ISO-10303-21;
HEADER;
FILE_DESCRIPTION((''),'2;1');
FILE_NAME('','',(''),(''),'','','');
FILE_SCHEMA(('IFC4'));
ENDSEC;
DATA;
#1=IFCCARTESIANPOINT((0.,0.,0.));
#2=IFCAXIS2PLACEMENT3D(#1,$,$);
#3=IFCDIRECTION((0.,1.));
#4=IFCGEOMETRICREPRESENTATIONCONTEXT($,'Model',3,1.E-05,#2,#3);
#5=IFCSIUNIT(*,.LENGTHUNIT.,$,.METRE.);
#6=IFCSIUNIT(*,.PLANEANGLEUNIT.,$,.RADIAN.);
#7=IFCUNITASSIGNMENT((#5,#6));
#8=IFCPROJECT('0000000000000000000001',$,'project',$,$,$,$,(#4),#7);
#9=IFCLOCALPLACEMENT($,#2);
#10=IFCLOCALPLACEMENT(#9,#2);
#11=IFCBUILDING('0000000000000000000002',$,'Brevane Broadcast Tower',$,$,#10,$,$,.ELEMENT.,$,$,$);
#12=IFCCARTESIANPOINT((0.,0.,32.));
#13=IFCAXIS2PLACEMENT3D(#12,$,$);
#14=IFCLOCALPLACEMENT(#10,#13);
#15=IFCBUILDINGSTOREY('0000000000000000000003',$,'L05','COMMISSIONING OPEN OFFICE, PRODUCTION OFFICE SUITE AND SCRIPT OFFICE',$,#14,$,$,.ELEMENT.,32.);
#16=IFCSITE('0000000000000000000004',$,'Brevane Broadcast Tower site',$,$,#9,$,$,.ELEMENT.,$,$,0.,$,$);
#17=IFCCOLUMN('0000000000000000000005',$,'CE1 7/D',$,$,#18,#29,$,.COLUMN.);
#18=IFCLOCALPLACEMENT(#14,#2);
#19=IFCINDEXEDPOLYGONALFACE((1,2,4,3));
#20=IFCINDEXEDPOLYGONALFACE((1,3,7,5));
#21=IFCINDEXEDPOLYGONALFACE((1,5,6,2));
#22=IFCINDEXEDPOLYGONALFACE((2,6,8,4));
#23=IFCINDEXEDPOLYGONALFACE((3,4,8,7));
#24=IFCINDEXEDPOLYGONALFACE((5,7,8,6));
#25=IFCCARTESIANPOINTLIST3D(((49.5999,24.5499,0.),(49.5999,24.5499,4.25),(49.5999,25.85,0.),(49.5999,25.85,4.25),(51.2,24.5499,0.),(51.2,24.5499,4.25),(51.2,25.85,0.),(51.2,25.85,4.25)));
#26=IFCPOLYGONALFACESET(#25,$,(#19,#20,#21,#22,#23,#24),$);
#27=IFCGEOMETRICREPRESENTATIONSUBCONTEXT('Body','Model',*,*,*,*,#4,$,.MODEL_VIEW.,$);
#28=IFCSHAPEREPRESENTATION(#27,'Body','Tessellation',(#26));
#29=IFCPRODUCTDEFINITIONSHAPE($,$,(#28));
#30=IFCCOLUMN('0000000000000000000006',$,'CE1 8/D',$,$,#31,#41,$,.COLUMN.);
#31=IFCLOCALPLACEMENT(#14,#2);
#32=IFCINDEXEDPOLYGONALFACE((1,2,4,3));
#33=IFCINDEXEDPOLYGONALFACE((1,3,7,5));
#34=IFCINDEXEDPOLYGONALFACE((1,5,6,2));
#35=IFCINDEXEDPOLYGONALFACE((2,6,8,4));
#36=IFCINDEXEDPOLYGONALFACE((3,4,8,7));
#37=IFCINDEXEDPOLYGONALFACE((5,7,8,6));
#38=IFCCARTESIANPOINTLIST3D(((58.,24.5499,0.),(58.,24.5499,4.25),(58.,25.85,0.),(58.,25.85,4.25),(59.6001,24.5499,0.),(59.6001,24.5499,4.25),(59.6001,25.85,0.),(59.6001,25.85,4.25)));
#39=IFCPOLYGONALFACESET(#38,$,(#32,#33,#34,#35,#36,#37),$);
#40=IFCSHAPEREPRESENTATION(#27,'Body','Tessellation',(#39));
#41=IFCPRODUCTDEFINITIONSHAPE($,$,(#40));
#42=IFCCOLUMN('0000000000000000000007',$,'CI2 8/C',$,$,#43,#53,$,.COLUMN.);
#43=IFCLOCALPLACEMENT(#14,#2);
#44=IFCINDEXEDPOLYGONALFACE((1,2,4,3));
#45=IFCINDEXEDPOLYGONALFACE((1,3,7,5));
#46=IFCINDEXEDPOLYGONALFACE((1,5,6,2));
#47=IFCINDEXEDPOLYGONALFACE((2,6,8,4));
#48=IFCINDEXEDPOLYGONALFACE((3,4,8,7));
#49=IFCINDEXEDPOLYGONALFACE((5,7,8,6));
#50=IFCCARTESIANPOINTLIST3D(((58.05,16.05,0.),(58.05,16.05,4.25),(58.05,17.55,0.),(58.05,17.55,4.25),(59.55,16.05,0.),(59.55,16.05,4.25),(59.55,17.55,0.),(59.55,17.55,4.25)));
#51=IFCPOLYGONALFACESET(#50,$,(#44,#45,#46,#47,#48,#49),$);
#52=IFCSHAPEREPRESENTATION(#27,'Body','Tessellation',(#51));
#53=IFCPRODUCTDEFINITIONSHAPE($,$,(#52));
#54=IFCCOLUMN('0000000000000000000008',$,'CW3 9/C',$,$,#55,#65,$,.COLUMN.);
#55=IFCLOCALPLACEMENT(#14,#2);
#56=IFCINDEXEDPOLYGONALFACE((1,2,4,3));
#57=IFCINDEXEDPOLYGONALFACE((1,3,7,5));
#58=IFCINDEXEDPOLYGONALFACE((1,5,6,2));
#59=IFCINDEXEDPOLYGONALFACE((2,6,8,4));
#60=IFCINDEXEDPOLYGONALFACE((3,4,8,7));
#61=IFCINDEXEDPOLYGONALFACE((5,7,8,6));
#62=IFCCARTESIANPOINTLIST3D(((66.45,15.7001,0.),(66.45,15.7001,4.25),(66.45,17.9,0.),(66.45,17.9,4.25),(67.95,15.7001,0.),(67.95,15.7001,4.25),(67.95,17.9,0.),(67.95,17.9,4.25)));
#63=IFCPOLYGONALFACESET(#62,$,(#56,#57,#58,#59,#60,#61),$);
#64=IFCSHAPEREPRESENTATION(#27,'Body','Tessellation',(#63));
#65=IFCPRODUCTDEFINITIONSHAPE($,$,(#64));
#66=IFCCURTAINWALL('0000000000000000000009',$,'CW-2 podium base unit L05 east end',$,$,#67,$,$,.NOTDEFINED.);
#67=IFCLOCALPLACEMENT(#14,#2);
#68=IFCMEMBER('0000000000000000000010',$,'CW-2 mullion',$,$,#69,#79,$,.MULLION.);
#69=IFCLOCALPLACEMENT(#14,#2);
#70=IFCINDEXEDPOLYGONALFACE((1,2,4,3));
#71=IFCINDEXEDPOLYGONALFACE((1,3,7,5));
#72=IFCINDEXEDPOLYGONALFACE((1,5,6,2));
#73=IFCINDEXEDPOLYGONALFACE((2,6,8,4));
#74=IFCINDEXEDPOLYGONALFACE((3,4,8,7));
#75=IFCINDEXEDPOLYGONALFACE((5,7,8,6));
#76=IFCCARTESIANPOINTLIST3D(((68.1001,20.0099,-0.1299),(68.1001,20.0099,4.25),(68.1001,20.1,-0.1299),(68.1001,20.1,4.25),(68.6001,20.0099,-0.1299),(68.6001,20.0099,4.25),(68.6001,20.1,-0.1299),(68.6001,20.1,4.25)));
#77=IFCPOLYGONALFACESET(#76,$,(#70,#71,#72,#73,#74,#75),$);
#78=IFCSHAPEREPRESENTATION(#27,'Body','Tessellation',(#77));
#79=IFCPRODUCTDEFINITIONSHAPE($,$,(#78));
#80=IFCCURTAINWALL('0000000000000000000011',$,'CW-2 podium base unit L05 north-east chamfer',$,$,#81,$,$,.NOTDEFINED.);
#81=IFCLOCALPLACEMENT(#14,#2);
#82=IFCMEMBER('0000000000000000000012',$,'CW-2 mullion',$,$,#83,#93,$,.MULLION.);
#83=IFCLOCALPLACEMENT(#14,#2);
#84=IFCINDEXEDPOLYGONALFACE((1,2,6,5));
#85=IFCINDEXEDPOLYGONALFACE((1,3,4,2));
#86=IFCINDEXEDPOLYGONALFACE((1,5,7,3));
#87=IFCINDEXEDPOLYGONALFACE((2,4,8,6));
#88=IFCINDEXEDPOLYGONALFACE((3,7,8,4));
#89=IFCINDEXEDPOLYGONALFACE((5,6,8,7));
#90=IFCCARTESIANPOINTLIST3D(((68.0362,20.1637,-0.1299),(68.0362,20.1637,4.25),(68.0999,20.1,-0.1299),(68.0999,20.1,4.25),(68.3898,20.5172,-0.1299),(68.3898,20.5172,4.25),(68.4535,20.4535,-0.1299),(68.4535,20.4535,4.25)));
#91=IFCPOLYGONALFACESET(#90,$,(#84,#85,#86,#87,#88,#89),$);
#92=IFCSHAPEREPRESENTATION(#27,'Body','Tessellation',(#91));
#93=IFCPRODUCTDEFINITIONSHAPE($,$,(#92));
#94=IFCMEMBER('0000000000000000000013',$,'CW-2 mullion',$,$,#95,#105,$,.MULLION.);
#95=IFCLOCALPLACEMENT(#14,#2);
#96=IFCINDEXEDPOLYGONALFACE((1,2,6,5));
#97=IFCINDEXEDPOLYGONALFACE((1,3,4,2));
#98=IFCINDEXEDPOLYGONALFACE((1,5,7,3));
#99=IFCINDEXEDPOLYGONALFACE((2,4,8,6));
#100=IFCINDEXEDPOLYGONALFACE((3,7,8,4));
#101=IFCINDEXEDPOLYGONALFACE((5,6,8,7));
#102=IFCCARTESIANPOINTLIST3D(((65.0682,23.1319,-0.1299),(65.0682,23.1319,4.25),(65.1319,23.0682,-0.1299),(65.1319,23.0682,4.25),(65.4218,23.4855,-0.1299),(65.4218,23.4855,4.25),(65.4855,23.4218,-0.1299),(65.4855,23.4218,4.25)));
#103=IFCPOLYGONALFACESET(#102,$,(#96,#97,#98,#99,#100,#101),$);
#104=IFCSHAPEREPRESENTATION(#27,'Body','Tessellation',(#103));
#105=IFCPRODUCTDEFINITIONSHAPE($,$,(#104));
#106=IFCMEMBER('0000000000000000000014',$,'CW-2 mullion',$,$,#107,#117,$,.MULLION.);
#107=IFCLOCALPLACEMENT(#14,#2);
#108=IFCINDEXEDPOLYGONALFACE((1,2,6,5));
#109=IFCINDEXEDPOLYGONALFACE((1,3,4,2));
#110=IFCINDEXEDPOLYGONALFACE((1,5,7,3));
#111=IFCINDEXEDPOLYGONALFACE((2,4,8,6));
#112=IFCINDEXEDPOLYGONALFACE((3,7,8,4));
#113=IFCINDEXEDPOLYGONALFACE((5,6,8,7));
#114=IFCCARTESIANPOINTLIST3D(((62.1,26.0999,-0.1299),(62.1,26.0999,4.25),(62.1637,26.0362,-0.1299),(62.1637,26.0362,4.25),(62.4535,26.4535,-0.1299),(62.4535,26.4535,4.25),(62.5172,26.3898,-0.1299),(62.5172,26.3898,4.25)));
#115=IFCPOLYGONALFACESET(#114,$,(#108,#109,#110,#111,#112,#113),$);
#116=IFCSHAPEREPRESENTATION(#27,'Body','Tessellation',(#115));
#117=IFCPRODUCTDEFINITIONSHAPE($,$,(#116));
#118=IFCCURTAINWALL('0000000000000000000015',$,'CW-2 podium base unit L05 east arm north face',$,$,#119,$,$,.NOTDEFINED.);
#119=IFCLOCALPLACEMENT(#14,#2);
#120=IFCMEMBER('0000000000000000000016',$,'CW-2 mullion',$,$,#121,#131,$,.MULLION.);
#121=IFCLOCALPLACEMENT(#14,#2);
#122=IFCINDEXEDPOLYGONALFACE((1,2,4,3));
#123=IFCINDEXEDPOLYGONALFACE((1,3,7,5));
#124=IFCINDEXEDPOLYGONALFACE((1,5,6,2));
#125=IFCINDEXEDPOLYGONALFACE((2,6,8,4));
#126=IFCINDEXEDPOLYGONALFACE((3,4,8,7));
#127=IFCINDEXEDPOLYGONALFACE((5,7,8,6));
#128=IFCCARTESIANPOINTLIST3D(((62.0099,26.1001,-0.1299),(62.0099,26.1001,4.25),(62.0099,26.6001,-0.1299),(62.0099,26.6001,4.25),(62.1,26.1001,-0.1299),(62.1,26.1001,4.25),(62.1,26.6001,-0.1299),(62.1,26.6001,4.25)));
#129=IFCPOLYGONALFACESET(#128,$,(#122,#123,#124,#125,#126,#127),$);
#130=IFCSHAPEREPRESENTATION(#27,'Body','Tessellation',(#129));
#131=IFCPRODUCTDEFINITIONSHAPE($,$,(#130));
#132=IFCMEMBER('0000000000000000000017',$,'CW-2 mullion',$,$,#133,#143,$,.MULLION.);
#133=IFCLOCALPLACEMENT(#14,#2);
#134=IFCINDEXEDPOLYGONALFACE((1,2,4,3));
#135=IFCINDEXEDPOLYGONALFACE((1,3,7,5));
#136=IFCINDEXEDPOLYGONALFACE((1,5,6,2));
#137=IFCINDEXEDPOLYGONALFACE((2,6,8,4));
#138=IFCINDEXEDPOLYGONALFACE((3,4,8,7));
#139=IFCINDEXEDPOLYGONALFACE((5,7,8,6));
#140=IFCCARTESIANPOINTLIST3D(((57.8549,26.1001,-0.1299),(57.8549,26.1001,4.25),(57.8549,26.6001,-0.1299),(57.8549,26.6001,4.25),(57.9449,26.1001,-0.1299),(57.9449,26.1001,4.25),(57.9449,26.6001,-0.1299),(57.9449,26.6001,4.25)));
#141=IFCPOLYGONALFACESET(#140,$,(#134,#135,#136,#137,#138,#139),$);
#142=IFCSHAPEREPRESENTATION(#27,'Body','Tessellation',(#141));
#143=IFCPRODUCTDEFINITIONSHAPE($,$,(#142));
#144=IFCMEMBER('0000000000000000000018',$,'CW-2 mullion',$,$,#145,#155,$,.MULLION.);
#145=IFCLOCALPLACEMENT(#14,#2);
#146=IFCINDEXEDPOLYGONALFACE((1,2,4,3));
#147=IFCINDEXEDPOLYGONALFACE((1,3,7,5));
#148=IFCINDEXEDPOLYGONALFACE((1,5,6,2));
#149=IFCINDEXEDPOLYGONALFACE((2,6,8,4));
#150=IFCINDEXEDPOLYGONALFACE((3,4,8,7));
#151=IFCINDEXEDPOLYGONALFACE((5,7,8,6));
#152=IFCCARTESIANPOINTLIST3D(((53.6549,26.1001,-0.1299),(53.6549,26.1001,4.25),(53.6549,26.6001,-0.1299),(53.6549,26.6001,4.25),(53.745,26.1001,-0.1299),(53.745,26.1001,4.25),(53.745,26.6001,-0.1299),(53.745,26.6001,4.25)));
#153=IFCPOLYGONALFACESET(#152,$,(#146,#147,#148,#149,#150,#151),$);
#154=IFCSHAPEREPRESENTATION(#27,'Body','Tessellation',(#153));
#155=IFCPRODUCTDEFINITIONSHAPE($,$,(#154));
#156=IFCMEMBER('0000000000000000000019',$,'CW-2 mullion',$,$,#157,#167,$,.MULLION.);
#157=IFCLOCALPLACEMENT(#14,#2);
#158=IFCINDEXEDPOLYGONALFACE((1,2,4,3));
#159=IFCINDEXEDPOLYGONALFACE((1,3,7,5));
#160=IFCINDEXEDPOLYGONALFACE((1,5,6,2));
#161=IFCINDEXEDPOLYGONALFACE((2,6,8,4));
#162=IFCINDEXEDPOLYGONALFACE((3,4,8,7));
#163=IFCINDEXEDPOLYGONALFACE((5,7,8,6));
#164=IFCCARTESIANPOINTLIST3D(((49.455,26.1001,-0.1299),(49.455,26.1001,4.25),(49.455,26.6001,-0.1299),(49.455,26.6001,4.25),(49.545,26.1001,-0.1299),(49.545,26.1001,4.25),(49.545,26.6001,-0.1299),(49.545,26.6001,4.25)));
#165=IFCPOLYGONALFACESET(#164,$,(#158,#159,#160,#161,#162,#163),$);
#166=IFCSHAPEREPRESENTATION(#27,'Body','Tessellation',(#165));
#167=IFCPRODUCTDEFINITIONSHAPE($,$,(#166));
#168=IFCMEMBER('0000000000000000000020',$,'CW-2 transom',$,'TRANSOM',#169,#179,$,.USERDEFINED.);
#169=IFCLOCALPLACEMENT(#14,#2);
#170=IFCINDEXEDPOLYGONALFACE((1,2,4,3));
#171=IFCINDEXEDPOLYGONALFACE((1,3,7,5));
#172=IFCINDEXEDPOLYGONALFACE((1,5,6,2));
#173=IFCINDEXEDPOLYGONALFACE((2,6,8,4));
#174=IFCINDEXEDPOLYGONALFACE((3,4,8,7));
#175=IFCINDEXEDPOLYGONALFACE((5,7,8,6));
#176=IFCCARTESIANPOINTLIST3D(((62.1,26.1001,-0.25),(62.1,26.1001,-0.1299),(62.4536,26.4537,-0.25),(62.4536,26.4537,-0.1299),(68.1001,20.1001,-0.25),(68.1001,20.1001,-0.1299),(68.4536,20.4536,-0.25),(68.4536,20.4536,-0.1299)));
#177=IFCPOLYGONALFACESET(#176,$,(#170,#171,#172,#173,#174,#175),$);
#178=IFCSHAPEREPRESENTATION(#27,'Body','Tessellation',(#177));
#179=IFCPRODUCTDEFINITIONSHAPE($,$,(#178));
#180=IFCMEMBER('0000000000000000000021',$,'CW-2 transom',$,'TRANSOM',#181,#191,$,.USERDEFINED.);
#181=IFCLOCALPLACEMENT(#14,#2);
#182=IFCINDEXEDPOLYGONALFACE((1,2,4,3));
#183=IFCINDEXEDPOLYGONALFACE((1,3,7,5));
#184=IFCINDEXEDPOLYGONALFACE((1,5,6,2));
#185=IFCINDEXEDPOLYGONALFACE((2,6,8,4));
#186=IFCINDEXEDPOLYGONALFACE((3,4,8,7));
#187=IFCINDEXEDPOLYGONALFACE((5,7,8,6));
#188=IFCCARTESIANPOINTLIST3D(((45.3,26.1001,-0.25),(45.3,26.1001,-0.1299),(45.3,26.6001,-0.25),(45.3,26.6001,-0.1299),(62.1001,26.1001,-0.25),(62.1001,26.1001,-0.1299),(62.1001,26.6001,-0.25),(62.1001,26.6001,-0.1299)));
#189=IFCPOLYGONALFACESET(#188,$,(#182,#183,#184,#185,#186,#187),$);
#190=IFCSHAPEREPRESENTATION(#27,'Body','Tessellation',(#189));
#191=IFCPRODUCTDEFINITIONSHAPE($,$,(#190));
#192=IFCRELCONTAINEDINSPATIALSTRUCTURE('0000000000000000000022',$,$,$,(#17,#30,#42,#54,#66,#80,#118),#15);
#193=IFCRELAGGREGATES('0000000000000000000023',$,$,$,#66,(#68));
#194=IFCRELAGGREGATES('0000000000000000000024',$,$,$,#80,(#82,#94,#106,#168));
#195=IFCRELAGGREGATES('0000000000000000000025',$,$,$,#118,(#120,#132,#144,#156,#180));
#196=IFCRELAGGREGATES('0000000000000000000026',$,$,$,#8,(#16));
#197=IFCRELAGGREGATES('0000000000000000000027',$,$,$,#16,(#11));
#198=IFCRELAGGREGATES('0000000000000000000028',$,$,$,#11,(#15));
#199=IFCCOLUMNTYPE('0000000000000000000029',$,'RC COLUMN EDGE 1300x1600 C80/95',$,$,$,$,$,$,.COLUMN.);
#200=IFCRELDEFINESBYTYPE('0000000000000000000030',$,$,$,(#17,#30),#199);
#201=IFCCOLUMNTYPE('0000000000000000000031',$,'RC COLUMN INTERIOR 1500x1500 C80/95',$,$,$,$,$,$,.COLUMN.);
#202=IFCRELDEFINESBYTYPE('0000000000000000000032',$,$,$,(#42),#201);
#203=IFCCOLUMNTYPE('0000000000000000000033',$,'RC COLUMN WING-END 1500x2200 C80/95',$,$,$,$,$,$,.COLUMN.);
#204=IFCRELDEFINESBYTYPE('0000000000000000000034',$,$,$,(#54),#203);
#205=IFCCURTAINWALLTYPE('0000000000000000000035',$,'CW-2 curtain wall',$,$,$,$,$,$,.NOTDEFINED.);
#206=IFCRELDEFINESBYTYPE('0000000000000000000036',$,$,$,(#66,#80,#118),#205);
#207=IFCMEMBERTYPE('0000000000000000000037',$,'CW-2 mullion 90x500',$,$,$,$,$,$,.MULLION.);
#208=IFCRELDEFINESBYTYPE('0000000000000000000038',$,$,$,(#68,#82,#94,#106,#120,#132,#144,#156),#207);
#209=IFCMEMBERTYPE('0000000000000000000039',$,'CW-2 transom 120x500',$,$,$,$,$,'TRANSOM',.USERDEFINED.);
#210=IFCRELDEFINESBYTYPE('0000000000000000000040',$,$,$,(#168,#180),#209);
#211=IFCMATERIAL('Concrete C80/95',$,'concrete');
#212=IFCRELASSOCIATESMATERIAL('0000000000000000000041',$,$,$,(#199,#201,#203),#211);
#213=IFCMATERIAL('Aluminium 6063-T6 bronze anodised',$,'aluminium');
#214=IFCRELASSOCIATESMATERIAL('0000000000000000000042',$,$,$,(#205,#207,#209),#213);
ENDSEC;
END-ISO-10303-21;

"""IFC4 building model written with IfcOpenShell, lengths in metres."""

from ifc_helpers import new_model, si_unit, direction, frame, origin, origin_2d, place, context, subcontext, project, spatial, rectangle, extrude, material, material_profile, profile_set, type_object, element, aggregate, save


model = new_model("IFC4")

# Units and contexts
model_context = context("Model", 3, precision=1e-05, world=origin(), true_north=direction((0.0, 1.0)))
body_context = subcontext(model_context, "Body", "Model", "MODEL_VIEW")
ifc_project = project(units=[si_unit("LENGTHUNIT", "METRE"), si_unit("PLANEANGLEUNIT", "RADIAN")], contexts=[model_context])

# Site, building, storey
site_placement = place(None, origin())
site = spatial("IfcSite", under=ifc_project, at=site_placement, Name="Brevane Broadcast Tower site", CompositionType="ELEMENT", RefElevation=0.0)
building_placement = place(site_placement, origin())
building = spatial("IfcBuilding", under=site, at=building_placement, Name="Brevane Broadcast Tower", CompositionType="ELEMENT")
storey_placement = place(building_placement, frame((0.0, 0.0, 32.0)))
storey = spatial("IfcBuildingStorey", under=building, at=storey_placement, Name="L05", Description="COMMISSIONING OPEN OFFICE, PRODUCTION OFFICE SUITE AND SCRIPT OFFICE", CompositionType="ELEMENT", Elevation=32.0)

# Columns
ifc_material_1 = material(Name="Concrete C80/95", Category="concrete")
ifc_material_profile_1 = material_profile(ifc_material_1, rectangle(XDim=1.3, YDim=1.6001, at=origin_2d()), Name="RC 1300x1600")
ifc_profile_set_1 = profile_set([ifc_material_profile_1], Name="Concrete C80/95")
column_type_1 = type_object("IfcColumnType", Name="RC COLUMN EDGE 1300x1600 C80/95", PredefinedType="COLUMN", material=ifc_profile_set_1)
for number, where, z_axis, x_axis, name in (
    (1, (50.3999, 25.2, 0.0), (0.0, 0.0, 1.0), (0.0, 1.0, 0.0), "CE1 7/D"),
    (2, (58.8, 25.2, 0.0), (0.0, 0.0, 1.0), (0.0, 1.0, 0.0), "CE1 8/D"),
):
    element("IfcColumn", number, at=place(storey_placement, frame(where, z_axis=z_axis, x_axis=x_axis)), inside=storey, type_object=column_type_1, Name=name, PredefinedType="COLUMN", context=body_context, shape_type="SweptSolid", body=[
        extrude(rectangle(XDim=1.3, YDim=1.6001, at=origin_2d()), origin(), (0.0, 0.0, 1.0), 4.25),
    ])
ifc_material_profile_2 = material_profile(ifc_material_1, rectangle(XDim=1.5, YDim=1.5, at=origin_2d()), Name="RC 1500x1500")
ifc_profile_set_2 = profile_set([ifc_material_profile_2], Name="Concrete C80/95")
column_type_2 = type_object("IfcColumnType", Name="RC COLUMN INTERIOR 1500x1500 C80/95", PredefinedType="COLUMN", material=ifc_profile_set_2)
column_1_placement = place(storey_placement, frame((58.8, 16.8, 0.0), z_axis=(0.0, 0.0, 1.0), x_axis=(1.0, 0.0, 0.0)))
element("IfcColumn", 3, at=column_1_placement, inside=storey, type_object=column_type_2, Name="CI2 8/C", PredefinedType="COLUMN", context=body_context, shape_type="SweptSolid", body=[
    extrude(rectangle(XDim=1.5, YDim=1.5, at=origin_2d()), origin(), (0.0, 0.0, 1.0), 4.25),
])
ifc_material_profile_3 = material_profile(ifc_material_1, rectangle(XDim=1.5, YDim=2.2, at=origin_2d()), Name="RC 1500x2200")
ifc_profile_set_3 = profile_set([ifc_material_profile_3], Name="Concrete C80/95")
column_type_3 = type_object("IfcColumnType", Name="RC COLUMN WING-END 1500x2200 C80/95", PredefinedType="COLUMN", material=ifc_profile_set_3)
column_2_placement = place(storey_placement, frame((67.2, 16.8, 0.0), z_axis=(0.0, 0.0, 1.0), x_axis=(1.0, 0.0, 0.0)))
element("IfcColumn", 4, at=column_2_placement, inside=storey, type_object=column_type_3, Name="CW3 9/C", PredefinedType="COLUMN", context=body_context, shape_type="SweptSolid", body=[
    extrude(rectangle(XDim=1.5, YDim=2.2, at=origin_2d()), origin(), (0.0, 0.0, 1.0), 4.25),
])

# Curtain wall, member
ifc_material_2 = material(Name="Aluminium 6063-T6 bronze anodised", Category="aluminium")
curtain_wall_type = type_object("IfcCurtainWallType", Name="CW-2 curtain wall", PredefinedType="NOTDEFINED", material=ifc_material_2)
curtain_wall_1_placement = place(storey_placement, origin())
curtain_wall_1 = element("IfcCurtainWall", 5, at=curtain_wall_1_placement, inside=storey, type_object=curtain_wall_type, Name="CW-2 podium base unit L05 east end", PredefinedType="NOTDEFINED")
ifc_material_profile_4 = material_profile(ifc_material_2, rectangle(XDim=0.5, YDim=0.0901, at=origin_2d()), Name="RECT 90x500")
ifc_profile_set_4 = profile_set([ifc_material_profile_4], Name="Aluminium 6063-T6 bronze anodised")
member_type_1 = type_object("IfcMemberType", Name="CW-2 mullion 90x500", PredefinedType="MULLION", material=ifc_profile_set_4)
member_1_placement = place(storey_placement, frame((68.3501, 20.0549, -0.1299), z_axis=(0.0, 0.0, 1.0), x_axis=(-1.0, 0.0, 0.0)))
member_1 = element("IfcMember", 6, at=member_1_placement, type_object=member_type_1, Name="CW-2 mullion", PredefinedType="MULLION", context=body_context, shape_type="SweptSolid", body=[
    extrude(rectangle(XDim=0.5, YDim=0.0901, at=origin_2d()), origin(), (0.0, 0.0, 1.0), 4.3799),
])
aggregate(curtain_wall_1, [member_1])

# Curtain walls, members
curtain_wall_2_placement = place(storey_placement, origin())
curtain_wall_2 = element("IfcCurtainWall", 7, at=curtain_wall_2_placement, inside=storey, type_object=curtain_wall_type, Name="CW-2 podium base unit L05 north-east chamfer", PredefinedType="NOTDEFINED")
member_2_placement = place(storey_placement, frame((68.2449, 20.3086, -0.1299), z_axis=(0.0, 0.0, 1.0), x_axis=(-0.707107, -0.707107, 0.0)))
member_2 = element("IfcMember", 8, at=member_2_placement, type_object=member_type_1, Name="CW-2 mullion", PredefinedType="MULLION", context=body_context, shape_type="SweptSolid", body=[
    extrude(rectangle(XDim=0.5, YDim=0.0901, at=origin_2d()), origin(), (0.0, 0.0, 1.0), 4.3799),
])
member_3_placement = place(storey_placement, frame((65.2769, 23.2769, -0.1299), z_axis=(0.0, 0.0, 1.0), x_axis=(-0.707107, -0.707107, 0.0)))
member_3 = element("IfcMember", 9, at=member_3_placement, type_object=member_type_1, Name="CW-2 mullion", PredefinedType="MULLION", context=body_context, shape_type="SweptSolid", body=[
    extrude(rectangle(XDim=0.5, YDim=0.0901, at=origin_2d()), origin(), (0.0, 0.0, 1.0), 4.3799),
])
member_4_placement = place(storey_placement, frame((62.3086, 26.2449, -0.1299), z_axis=(0.0, 0.0, 1.0), x_axis=(-0.707107, -0.707107, 0.0)))
member_4 = element("IfcMember", 10, at=member_4_placement, type_object=member_type_1, Name="CW-2 mullion", PredefinedType="MULLION", context=body_context, shape_type="SweptSolid", body=[
    extrude(rectangle(XDim=0.5, YDim=0.0901, at=origin_2d()), origin(), (0.0, 0.0, 1.0), 4.3799),
])
curtain_wall_3_placement = place(storey_placement, origin())
curtain_wall_3 = element("IfcCurtainWall", 11, at=curtain_wall_3_placement, inside=storey, type_object=curtain_wall_type, Name="CW-2 podium base unit L05 east arm north face", PredefinedType="NOTDEFINED")
member_5_placement = place(storey_placement, frame((62.0549, 26.3501, -0.1299), z_axis=(0.0, 0.0, 1.0), x_axis=(0.0, -1.0, 0.0)))
member_5 = element("IfcMember", 12, at=member_5_placement, type_object=member_type_1, Name="CW-2 mullion", PredefinedType="MULLION", context=body_context, shape_type="SweptSolid", body=[
    extrude(rectangle(XDim=0.5, YDim=0.0901, at=origin_2d()), origin(), (0.0, 0.0, 1.0), 4.3799),
])
member_6_placement = place(storey_placement, frame((57.8999, 26.3501, -0.1299), z_axis=(0.0, 0.0, 1.0), x_axis=(0.0, -1.0, 0.0)))
member_6 = element("IfcMember", 13, at=member_6_placement, type_object=member_type_1, Name="CW-2 mullion", PredefinedType="MULLION", context=body_context, shape_type="SweptSolid", body=[
    extrude(rectangle(XDim=0.5, YDim=0.0901, at=origin_2d()), origin(), (0.0, 0.0, 1.0), 4.3799),
])
member_7_placement = place(storey_placement, frame((53.7, 26.3501, -0.1299), z_axis=(0.0, 0.0, 1.0), x_axis=(0.0, -1.0, 0.0)))
member_7 = element("IfcMember", 14, at=member_7_placement, type_object=member_type_1, Name="CW-2 mullion", PredefinedType="MULLION", context=body_context, shape_type="SweptSolid", body=[
    extrude(rectangle(XDim=0.5, YDim=0.0901, at=origin_2d()), origin(), (0.0, 0.0, 1.0), 4.3799),
])
member_8_placement = place(storey_placement, frame((49.5, 26.3501, -0.1299), z_axis=(0.0, 0.0, 1.0), x_axis=(0.0, -1.0, 0.0)))
member_8 = element("IfcMember", 15, at=member_8_placement, type_object=member_type_1, Name="CW-2 mullion", PredefinedType="MULLION", context=body_context, shape_type="SweptSolid", body=[
    extrude(rectangle(XDim=0.5, YDim=0.0901, at=origin_2d()), origin(), (0.0, 0.0, 1.0), 4.3799),
])

# Members
ifc_material_profile_5 = material_profile(ifc_material_2, rectangle(XDim=0.5, YDim=0.1201, at=origin_2d()), Name="RECT 120x500")
ifc_profile_set_5 = profile_set([ifc_material_profile_5], Name="Aluminium 6063-T6 bronze anodised")
member_type_2 = type_object("IfcMemberType", Name="CW-2 transom 120x500", ElementType="TRANSOM", PredefinedType="USERDEFINED", material=ifc_profile_set_5)
member_9_placement = place(storey_placement, frame((68.2769, 20.2769, -0.1899), z_axis=(-0.707107, 0.707107, 0.0), x_axis=(-0.707107, -0.707107, 0.0)))
member_9 = element("IfcMember", 16, at=member_9_placement, type_object=member_type_2, Name="CW-2 transom", ObjectType="TRANSOM", PredefinedType="USERDEFINED", context=body_context, shape_type="SweptSolid", body=[
    extrude(rectangle(XDim=0.5, YDim=0.1201, at=origin_2d()), origin(), (0.0, 0.0, 1.0), 8.4854),
])
aggregate(curtain_wall_2, [member_2, member_3, member_4, member_9])
member_10_placement = place(storey_placement, frame((62.1001, 26.3501, -0.1899), z_axis=(-1.0, 0.0, 0.0), x_axis=(0.0, -1.0, 0.0)))
member_10 = element("IfcMember", 17, at=member_10_placement, type_object=member_type_2, Name="CW-2 transom", ObjectType="TRANSOM", PredefinedType="USERDEFINED", context=body_context, shape_type="SweptSolid", body=[
    extrude(rectangle(XDim=0.5, YDim=0.1201, at=origin_2d()), origin(), (0.0, 0.0, 1.0), 16.8),
])
aggregate(curtain_wall_3, [member_5, member_6, member_7, member_8, member_10])

save(model, "model.ifc")
